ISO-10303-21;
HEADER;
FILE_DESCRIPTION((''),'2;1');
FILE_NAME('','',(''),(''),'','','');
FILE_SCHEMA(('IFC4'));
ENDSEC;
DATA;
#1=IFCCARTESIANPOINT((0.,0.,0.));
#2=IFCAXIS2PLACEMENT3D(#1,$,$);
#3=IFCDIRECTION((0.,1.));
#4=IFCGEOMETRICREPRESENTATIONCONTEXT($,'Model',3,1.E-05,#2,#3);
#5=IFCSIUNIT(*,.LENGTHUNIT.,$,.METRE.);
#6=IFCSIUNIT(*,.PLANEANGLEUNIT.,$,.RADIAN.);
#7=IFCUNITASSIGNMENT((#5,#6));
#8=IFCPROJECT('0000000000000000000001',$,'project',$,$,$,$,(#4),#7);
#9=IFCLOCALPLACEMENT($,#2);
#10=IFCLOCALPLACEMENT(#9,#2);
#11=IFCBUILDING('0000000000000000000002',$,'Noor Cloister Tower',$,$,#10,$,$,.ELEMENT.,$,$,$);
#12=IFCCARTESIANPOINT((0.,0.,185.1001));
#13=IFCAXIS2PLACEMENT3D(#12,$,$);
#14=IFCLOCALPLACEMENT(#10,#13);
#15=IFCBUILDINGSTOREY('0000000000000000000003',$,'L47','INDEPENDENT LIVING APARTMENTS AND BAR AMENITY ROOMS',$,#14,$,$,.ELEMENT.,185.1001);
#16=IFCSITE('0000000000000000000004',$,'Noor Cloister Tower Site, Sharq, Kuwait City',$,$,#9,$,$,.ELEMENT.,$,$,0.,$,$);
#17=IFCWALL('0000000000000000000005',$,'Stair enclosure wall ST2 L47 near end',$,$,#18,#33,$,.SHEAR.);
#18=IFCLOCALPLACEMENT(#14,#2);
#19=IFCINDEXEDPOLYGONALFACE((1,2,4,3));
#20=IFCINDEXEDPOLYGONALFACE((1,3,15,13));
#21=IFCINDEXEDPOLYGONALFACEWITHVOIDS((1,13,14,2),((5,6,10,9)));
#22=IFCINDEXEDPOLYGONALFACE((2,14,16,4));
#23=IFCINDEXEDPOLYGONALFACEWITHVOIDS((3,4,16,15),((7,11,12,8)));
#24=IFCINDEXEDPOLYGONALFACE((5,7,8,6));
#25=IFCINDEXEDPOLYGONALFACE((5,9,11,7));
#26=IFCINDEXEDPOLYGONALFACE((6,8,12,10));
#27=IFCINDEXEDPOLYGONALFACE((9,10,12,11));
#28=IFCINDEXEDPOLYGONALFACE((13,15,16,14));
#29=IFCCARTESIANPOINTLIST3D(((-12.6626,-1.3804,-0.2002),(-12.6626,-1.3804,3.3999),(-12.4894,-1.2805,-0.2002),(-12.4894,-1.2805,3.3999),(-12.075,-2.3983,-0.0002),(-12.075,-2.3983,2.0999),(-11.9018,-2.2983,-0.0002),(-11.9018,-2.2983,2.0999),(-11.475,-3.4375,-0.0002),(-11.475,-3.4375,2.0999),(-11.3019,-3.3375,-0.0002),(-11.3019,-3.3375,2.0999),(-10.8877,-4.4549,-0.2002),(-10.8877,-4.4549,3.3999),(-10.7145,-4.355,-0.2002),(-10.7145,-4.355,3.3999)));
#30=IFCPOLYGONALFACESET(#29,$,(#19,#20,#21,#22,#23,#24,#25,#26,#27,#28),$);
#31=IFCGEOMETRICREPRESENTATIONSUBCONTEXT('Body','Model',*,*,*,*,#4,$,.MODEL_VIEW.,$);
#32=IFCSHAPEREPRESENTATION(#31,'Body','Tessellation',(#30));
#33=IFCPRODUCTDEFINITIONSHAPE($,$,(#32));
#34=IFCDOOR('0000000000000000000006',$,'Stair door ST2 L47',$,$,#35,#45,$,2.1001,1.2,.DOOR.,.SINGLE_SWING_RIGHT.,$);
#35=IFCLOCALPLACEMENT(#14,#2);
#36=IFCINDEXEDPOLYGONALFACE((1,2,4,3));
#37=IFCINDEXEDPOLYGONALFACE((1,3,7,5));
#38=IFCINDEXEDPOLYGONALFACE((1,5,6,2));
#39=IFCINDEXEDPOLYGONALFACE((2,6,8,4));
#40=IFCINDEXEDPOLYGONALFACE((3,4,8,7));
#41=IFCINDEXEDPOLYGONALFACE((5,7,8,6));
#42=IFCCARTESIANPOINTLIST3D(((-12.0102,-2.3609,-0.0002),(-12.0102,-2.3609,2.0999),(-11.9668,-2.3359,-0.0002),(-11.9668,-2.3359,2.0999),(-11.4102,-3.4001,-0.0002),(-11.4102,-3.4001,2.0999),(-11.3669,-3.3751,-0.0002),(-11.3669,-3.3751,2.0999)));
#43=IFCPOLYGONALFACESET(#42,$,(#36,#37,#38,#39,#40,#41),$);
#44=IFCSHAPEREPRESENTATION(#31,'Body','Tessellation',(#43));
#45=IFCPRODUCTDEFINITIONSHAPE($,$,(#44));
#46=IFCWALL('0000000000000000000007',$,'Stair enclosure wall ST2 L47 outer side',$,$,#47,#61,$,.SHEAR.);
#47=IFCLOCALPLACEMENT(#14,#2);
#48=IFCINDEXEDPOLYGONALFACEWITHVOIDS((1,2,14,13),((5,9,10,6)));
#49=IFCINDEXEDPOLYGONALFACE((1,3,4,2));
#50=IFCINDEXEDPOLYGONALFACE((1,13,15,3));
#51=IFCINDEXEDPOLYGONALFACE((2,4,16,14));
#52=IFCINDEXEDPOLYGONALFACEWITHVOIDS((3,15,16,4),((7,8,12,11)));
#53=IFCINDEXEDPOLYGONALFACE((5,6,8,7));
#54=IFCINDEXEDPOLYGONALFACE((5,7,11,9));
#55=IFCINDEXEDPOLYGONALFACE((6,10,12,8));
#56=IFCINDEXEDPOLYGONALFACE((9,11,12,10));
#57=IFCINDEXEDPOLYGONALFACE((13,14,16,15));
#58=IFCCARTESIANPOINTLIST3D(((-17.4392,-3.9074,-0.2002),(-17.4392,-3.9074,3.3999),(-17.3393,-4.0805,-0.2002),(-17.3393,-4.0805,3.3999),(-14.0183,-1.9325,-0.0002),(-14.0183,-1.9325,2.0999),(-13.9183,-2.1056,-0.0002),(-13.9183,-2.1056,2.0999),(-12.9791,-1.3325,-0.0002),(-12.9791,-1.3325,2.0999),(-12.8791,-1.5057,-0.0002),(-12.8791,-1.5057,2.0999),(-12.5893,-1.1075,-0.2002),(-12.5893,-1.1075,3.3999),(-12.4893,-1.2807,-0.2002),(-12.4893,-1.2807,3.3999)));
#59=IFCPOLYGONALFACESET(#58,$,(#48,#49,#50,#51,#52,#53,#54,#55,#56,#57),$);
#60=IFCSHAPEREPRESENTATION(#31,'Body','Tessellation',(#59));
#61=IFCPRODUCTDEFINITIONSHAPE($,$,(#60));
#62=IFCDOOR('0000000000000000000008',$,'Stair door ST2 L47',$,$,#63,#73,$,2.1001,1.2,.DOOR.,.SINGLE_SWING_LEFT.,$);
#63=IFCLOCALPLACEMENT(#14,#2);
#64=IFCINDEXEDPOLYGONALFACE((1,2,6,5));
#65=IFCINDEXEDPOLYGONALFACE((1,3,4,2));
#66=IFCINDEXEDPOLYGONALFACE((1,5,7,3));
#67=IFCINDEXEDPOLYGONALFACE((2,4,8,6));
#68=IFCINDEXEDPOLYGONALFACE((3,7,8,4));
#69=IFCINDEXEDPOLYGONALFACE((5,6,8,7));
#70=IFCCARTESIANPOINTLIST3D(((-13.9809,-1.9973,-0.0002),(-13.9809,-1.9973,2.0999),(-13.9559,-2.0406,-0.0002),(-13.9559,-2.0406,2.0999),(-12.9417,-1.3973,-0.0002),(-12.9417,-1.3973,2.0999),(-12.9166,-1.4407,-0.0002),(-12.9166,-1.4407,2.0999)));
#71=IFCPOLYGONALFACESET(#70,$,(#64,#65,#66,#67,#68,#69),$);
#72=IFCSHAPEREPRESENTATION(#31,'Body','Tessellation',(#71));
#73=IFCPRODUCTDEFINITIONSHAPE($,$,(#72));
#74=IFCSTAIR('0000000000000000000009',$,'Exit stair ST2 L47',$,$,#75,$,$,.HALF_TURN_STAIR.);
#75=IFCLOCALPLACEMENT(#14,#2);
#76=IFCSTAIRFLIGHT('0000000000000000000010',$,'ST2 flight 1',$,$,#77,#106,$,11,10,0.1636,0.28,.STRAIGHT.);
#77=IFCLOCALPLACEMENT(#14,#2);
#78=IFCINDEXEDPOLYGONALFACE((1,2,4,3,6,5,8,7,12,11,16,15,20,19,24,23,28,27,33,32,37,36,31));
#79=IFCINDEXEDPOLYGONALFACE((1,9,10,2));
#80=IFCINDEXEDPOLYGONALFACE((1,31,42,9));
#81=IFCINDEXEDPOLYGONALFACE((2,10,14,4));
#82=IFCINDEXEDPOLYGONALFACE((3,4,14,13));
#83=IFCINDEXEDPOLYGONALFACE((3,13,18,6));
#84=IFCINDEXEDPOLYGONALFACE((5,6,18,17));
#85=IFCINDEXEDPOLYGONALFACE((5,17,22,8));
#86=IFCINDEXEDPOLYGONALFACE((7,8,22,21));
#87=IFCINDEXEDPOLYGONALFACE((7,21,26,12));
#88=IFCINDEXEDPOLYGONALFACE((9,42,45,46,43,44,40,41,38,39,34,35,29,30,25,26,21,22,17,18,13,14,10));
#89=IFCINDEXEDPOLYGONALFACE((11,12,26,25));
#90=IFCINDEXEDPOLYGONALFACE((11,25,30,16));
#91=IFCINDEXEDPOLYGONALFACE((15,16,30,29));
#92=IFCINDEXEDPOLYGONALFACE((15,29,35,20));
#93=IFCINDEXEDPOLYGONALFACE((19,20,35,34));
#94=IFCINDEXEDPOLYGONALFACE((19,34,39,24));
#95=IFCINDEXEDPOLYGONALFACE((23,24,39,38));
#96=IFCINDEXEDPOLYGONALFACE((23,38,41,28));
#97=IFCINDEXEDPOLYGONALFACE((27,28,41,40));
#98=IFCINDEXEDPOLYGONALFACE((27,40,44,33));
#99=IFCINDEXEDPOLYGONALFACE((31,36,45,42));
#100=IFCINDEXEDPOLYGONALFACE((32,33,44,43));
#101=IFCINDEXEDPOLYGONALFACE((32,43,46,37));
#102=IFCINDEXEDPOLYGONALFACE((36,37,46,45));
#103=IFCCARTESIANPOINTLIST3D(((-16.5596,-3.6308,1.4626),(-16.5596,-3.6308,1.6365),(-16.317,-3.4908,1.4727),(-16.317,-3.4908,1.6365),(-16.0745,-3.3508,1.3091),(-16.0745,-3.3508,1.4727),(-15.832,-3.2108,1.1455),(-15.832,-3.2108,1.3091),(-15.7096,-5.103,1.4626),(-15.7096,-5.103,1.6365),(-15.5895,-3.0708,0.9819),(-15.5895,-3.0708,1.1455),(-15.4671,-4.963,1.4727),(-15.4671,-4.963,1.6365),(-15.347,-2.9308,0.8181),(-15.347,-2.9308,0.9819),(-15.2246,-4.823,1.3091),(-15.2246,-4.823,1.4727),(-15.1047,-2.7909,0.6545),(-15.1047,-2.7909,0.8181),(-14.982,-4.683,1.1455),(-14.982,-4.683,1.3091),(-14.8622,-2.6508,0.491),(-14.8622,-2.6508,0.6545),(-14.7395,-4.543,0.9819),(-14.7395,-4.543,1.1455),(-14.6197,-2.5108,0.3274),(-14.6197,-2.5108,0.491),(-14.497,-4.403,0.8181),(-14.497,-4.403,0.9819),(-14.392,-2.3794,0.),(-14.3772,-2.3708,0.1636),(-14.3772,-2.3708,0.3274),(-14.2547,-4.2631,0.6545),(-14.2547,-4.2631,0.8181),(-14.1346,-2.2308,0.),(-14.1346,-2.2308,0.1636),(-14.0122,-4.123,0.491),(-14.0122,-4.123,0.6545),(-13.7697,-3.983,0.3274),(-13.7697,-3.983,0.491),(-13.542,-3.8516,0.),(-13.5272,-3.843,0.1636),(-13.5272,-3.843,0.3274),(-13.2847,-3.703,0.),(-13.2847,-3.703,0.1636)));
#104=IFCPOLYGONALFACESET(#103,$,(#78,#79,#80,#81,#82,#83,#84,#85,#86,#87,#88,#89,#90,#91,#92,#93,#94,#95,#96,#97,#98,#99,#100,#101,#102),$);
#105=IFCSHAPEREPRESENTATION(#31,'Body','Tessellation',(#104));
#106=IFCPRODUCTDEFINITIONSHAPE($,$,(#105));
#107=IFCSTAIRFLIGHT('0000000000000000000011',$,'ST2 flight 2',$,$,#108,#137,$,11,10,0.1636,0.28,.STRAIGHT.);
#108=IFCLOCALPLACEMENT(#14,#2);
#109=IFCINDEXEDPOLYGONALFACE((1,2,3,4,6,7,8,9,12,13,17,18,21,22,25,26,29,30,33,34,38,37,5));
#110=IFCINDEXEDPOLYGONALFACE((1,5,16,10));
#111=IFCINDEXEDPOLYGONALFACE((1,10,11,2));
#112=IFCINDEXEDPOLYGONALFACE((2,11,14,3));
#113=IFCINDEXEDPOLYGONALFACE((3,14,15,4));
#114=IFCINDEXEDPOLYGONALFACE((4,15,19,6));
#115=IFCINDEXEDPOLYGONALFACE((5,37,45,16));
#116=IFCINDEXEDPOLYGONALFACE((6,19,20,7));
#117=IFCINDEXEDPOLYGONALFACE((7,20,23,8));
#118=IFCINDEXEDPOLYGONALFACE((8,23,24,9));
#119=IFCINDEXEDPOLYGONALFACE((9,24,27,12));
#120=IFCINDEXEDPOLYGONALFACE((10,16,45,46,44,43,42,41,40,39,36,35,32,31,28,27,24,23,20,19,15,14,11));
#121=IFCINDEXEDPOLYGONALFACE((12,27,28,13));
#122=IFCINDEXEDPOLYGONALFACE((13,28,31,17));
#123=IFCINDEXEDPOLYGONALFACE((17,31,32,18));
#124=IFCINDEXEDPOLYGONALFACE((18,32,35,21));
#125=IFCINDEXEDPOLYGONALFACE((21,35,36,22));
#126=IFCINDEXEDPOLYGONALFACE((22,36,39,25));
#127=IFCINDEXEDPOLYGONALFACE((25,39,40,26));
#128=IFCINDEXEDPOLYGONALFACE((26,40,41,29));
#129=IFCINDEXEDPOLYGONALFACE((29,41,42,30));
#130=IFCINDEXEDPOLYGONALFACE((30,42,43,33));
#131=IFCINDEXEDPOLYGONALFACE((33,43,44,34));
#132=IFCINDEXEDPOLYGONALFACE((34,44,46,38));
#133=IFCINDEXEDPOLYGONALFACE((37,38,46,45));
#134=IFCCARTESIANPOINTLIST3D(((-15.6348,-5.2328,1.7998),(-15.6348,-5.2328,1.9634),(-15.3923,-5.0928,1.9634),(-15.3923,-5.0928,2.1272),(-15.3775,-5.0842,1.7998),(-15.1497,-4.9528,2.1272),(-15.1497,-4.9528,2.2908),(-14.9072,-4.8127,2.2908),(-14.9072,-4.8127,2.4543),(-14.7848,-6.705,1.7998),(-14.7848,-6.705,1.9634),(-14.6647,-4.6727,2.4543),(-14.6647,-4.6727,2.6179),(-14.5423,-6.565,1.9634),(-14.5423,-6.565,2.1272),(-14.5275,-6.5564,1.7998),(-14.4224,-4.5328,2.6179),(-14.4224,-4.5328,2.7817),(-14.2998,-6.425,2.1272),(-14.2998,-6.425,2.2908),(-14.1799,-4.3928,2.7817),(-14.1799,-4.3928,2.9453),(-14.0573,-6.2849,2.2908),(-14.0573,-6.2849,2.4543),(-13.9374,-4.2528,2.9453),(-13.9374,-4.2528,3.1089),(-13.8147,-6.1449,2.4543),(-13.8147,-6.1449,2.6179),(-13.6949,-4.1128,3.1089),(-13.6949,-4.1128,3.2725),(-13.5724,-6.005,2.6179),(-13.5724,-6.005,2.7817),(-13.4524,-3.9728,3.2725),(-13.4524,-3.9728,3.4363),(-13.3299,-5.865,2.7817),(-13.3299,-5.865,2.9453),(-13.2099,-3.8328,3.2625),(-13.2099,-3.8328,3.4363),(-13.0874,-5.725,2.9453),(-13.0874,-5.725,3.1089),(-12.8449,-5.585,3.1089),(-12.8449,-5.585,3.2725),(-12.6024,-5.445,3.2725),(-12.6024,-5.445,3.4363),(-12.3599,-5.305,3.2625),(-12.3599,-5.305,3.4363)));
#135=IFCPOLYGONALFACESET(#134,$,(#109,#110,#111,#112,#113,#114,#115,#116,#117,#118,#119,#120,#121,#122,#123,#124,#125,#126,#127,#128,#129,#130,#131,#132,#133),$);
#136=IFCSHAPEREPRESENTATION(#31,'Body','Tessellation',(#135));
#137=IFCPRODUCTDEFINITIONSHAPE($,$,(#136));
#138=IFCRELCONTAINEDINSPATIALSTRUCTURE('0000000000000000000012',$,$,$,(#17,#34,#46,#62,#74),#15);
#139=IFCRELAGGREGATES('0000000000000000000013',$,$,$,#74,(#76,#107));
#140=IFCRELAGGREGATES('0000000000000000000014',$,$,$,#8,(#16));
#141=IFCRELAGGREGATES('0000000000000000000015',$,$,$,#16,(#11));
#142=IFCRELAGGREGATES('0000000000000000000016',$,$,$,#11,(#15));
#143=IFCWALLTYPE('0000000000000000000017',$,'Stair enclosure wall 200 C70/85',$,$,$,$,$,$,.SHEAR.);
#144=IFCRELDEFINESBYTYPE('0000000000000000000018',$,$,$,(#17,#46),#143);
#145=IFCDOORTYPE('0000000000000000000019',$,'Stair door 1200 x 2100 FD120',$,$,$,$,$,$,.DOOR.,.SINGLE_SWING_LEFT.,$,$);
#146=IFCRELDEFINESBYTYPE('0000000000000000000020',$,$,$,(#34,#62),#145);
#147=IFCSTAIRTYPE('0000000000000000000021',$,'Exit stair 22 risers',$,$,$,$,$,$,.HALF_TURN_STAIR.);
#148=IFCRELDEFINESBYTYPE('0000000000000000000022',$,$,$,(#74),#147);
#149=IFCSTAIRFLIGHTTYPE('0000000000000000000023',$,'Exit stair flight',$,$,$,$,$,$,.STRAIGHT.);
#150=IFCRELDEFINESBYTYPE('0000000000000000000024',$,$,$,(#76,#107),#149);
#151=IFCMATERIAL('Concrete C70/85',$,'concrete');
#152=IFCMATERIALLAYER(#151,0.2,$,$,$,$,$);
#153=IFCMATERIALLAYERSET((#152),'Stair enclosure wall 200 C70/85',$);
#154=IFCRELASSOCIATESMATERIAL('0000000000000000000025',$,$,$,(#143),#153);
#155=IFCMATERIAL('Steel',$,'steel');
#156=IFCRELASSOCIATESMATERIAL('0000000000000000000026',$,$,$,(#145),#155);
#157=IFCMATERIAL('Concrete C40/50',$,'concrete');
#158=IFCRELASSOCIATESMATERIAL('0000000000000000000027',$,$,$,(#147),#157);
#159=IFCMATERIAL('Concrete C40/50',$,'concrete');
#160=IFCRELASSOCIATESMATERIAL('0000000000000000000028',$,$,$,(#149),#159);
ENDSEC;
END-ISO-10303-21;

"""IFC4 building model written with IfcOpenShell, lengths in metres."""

from ifc_helpers import new_model, si_unit, direction, frame, frame_2d, origin, place, context, subcontext, project, spatial, polyline, rectangle, outline, extrude, material, layer, layer_set, type_object, element, fill, aggregate, save


model = new_model("IFC4")

# Units and contexts
model_context = context("Model", 3, precision=1e-05, world=origin(), true_north=direction((0.0, 1.0)))
body_context = subcontext(model_context, "Body", "Model", "MODEL_VIEW")
ifc_project = project(units=[si_unit("LENGTHUNIT", "METRE"), si_unit("PLANEANGLEUNIT", "RADIAN")], contexts=[model_context])

# Site, building, storey
site_placement = place(None, origin())
site = spatial("IfcSite", under=ifc_project, at=site_placement, Name="Noor Cloister Tower Site, Sharq, Kuwait City", CompositionType="ELEMENT", RefElevation=0.0)
building_placement = place(site_placement, origin())
building = spatial("IfcBuilding", under=site, at=building_placement, Name="Noor Cloister Tower", CompositionType="ELEMENT")
storey_placement = place(building_placement, frame((0.0, 0.0, 185.1001)))
storey = spatial("IfcBuildingStorey", under=building, at=storey_placement, Name="L47", Description="INDEPENDENT LIVING APARTMENTS AND BAR AMENITY ROOMS", CompositionType="ELEMENT", Elevation=185.1001)

# Walls, openings, doors
ifc_material_1 = material(Name="Concrete C70/85", Category="concrete")
ifc_layer_1 = layer(ifc_material_1, 0.2)
ifc_layer_set_1 = layer_set([ifc_layer_1], Name="Stair enclosure wall 200 C70/85")
wall_type_1 = type_object("IfcWallType", Name="Stair enclosure wall 200 C70/85", PredefinedType="SHEAR", material=ifc_layer_set_1)
wall_1_placement = place(storey_placement, frame((-12.5759, -1.3306, -0.2002), z_axis=(0.0, 0.0, 1.0), x_axis=(0.49997, -0.866042, 0.0)))
wall_1 = element("IfcWall", 1, at=wall_1_placement, inside=storey, type_object=wall_type_1, Name="Stair enclosure wall ST2 L47 near end", PredefinedType="SHEAR", context=body_context, shape_type="SweptSolid", body=[
    extrude(rectangle(XDim=3.55, YDim=0.2, at=frame_2d((1.7749, 0.0))), origin(), (0.0, 0.0, 1.0), 3.6001),
])
opening_1_placement = place(wall_1_placement, frame((1.175, 0.0, 0.2)))
opening_1 = element("IfcOpeningElement", 2, at=opening_1_placement, cuts=wall_1, PredefinedType="OPENING", context=body_context, shape_type="SweptSolid", body=[
    extrude(rectangle(XDim=1.2, YDim=2.1001, at=frame_2d((0.6001, 1.05))), frame((0.0, 0.1099, 0.0), z_axis=(0.0, -1.0, 0.0), x_axis=(1.0, 0.0, 0.0)), (0.0, 0.0, 1.0), 0.22),
])
ifc_material_2 = material(Name="Steel", Category="steel")
door_type_1 = type_object("IfcDoorType", Name="Stair door 1200 x 2100 FD120", OperationType="SINGLE_SWING_LEFT", PredefinedType="DOOR", material=ifc_material_2)
door_1_placement = place(opening_1_placement, origin())
door_1 = element("IfcDoor", 3, at=door_1_placement, inside=storey, type_object=door_type_1, Name="Stair door ST2 L47", OperationType="SINGLE_SWING_RIGHT", OverallHeight=2.1001, OverallWidth=1.2, PredefinedType="DOOR", context=body_context, shape_type="SweptSolid", body=[
    extrude(rectangle(XDim=1.2, YDim=2.1001, at=frame_2d((0.6001, 1.05))), frame((0.0, 0.0249, 0.0), z_axis=(0.0, -1.0, 0.0), x_axis=(1.0, 0.0, 0.0)), (0.0, 0.0, 1.0), 0.05),
])
fill(opening_1, door_1)
wall_2_placement = place(storey_placement, frame((-12.5393, -1.1941, -0.2002), z_axis=(0.0, 0.0, 1.0), x_axis=(-0.866045, -0.499965, 0.0)))
wall_2 = element("IfcWall", 4, at=wall_2_placement, inside=storey, type_object=wall_type_1, Name="Stair enclosure wall ST2 L47 outer side", PredefinedType="SHEAR", context=body_context, shape_type="SweptSolid", body=[
    extrude(rectangle(XDim=5.6001, YDim=0.2, at=frame_2d((2.8, 0.0))), origin(), (0.0, 0.0, 1.0), 3.6001),
])
opening_2_placement = place(wall_2_placement, frame((0.45, 0.0, 0.2)))
opening_2 = element("IfcOpeningElement", 5, at=opening_2_placement, cuts=wall_2, PredefinedType="OPENING", context=body_context, shape_type="SweptSolid", body=[
    extrude(rectangle(XDim=1.2, YDim=2.1001, at=frame_2d((0.6001, 1.05))), frame((0.0, 0.1099, 0.0), z_axis=(0.0, -1.0, 0.0), x_axis=(1.0, 0.0, 0.0)), (0.0, 0.0, 1.0), 0.22),
])
door_2_placement = place(opening_2_placement, origin())
door_2 = element("IfcDoor", 6, at=door_2_placement, inside=storey, type_object=door_type_1, Name="Stair door ST2 L47", OperationType="SINGLE_SWING_LEFT", OverallHeight=2.1001, OverallWidth=1.2, PredefinedType="DOOR", context=body_context, shape_type="SweptSolid", body=[
    extrude(rectangle(XDim=1.2, YDim=2.1001, at=frame_2d((0.6001, 1.05))), frame((0.0, 0.0249, 0.0), z_axis=(0.0, -1.0, 0.0), x_axis=(1.0, 0.0, 0.0)), (0.0, 0.0, 1.0), 0.05),
])
fill(opening_2, door_2)

# Stair, stair flights
ifc_material_3 = material(Name="Concrete C40/50", Category="concrete")
stair_type = type_object("IfcStairType", Name="Exit stair 22 risers", PredefinedType="HALF_TURN_STAIR", material=ifc_material_3)
stair_placement = place(storey_placement, origin())
stair = element("IfcStair", 7, at=stair_placement, inside=storey, type_object=stair_type, Name="Exit stair ST2 L47", PredefinedType="HALF_TURN_STAIR")
ifc_material_4 = material(Name="Concrete C40/50", Category="concrete")
stair_flight_type = type_object("IfcStairFlightType", Name="Exit stair flight", PredefinedType="STRAIGHT", material=ifc_material_4)
stair_flight_1_placement = place(storey_placement, frame((-13.7097, -2.9668, 0.0), z_axis=(0.0, 0.0, 1.0), x_axis=(-0.866025, -0.5, 0.0)))
stair_flight_1 = element("IfcStairFlight", 8, at=stair_flight_1_placement, type_object=stair_flight_type, Name="ST2 flight 1", NumberOfRisers=11, NumberOfTreads=10, PredefinedType="STRAIGHT", RiserHeight=0.1636, TreadLength=0.28, context=body_context, shape_type="SweptSolid", body=[
    extrude(outline(polyline([(0.0, 0.0), (0.0, 0.1636), (0.28, 0.1636), (0.28, 0.3274), (0.5601, 0.3274), (0.5601, 0.491), (0.8401, 0.491), (0.8401, 0.6545), (1.1201, 0.6545), (1.1201, 0.8181), (1.3999, 0.8181), (1.3999, 0.9819), (1.6799, 0.9819), (1.6799, 1.1455), (1.96, 1.1455), (1.96, 1.3091), (2.24, 1.3091), (2.24, 1.4727), (2.52, 1.4727), (2.52, 1.6365), (2.8, 1.6365), (2.8, 1.8), (2.8, 1.4626), (0.2971, 0.0), (0.0, 0.0)])), frame((0.0, 0.8501, 0.0), z_axis=(0.0, -1.0, 0.0), x_axis=(1.0, 0.0, 0.0)), (0.0, 0.0, 1.0), 1.7),
])
stair_flight_2_placement = place(storey_placement, frame((-15.2097, -5.969, 1.7998), z_axis=(0.0, 0.0, 1.0), x_axis=(0.866025, 0.5, 0.0)))
stair_flight_2 = element("IfcStairFlight", 9, at=stair_flight_2_placement, type_object=stair_flight_type, Name="ST2 flight 2", NumberOfRisers=11, NumberOfTreads=10, PredefinedType="STRAIGHT", RiserHeight=0.1636, TreadLength=0.28, context=body_context, shape_type="SweptSolid", body=[
    extrude(outline(polyline([(0.0, 0.0), (0.0, 0.1636), (0.28, 0.1636), (0.28, 0.3274), (0.5601, 0.3274), (0.5601, 0.491), (0.8401, 0.491), (0.8401, 0.6545), (1.1201, 0.6545), (1.1201, 0.8181), (1.3999, 0.8181), (1.3999, 0.9819), (1.6799, 0.9819), (1.6799, 1.1455), (1.96, 1.1455), (1.96, 1.3091), (2.24, 1.3091), (2.24, 1.4727), (2.52, 1.4727), (2.52, 1.6365), (2.8, 1.6365), (2.8, 1.8), (2.8, 1.4626), (0.2971, 0.0), (0.0, 0.0)])), frame((0.0, 0.8501, 0.0), z_axis=(0.0, -1.0, 0.0), x_axis=(1.0, 0.0, 0.0)), (0.0, 0.0, 1.0), 1.7),
])
aggregate(stair, [stair_flight_1, stair_flight_2])

save(model, "model.ifc")
